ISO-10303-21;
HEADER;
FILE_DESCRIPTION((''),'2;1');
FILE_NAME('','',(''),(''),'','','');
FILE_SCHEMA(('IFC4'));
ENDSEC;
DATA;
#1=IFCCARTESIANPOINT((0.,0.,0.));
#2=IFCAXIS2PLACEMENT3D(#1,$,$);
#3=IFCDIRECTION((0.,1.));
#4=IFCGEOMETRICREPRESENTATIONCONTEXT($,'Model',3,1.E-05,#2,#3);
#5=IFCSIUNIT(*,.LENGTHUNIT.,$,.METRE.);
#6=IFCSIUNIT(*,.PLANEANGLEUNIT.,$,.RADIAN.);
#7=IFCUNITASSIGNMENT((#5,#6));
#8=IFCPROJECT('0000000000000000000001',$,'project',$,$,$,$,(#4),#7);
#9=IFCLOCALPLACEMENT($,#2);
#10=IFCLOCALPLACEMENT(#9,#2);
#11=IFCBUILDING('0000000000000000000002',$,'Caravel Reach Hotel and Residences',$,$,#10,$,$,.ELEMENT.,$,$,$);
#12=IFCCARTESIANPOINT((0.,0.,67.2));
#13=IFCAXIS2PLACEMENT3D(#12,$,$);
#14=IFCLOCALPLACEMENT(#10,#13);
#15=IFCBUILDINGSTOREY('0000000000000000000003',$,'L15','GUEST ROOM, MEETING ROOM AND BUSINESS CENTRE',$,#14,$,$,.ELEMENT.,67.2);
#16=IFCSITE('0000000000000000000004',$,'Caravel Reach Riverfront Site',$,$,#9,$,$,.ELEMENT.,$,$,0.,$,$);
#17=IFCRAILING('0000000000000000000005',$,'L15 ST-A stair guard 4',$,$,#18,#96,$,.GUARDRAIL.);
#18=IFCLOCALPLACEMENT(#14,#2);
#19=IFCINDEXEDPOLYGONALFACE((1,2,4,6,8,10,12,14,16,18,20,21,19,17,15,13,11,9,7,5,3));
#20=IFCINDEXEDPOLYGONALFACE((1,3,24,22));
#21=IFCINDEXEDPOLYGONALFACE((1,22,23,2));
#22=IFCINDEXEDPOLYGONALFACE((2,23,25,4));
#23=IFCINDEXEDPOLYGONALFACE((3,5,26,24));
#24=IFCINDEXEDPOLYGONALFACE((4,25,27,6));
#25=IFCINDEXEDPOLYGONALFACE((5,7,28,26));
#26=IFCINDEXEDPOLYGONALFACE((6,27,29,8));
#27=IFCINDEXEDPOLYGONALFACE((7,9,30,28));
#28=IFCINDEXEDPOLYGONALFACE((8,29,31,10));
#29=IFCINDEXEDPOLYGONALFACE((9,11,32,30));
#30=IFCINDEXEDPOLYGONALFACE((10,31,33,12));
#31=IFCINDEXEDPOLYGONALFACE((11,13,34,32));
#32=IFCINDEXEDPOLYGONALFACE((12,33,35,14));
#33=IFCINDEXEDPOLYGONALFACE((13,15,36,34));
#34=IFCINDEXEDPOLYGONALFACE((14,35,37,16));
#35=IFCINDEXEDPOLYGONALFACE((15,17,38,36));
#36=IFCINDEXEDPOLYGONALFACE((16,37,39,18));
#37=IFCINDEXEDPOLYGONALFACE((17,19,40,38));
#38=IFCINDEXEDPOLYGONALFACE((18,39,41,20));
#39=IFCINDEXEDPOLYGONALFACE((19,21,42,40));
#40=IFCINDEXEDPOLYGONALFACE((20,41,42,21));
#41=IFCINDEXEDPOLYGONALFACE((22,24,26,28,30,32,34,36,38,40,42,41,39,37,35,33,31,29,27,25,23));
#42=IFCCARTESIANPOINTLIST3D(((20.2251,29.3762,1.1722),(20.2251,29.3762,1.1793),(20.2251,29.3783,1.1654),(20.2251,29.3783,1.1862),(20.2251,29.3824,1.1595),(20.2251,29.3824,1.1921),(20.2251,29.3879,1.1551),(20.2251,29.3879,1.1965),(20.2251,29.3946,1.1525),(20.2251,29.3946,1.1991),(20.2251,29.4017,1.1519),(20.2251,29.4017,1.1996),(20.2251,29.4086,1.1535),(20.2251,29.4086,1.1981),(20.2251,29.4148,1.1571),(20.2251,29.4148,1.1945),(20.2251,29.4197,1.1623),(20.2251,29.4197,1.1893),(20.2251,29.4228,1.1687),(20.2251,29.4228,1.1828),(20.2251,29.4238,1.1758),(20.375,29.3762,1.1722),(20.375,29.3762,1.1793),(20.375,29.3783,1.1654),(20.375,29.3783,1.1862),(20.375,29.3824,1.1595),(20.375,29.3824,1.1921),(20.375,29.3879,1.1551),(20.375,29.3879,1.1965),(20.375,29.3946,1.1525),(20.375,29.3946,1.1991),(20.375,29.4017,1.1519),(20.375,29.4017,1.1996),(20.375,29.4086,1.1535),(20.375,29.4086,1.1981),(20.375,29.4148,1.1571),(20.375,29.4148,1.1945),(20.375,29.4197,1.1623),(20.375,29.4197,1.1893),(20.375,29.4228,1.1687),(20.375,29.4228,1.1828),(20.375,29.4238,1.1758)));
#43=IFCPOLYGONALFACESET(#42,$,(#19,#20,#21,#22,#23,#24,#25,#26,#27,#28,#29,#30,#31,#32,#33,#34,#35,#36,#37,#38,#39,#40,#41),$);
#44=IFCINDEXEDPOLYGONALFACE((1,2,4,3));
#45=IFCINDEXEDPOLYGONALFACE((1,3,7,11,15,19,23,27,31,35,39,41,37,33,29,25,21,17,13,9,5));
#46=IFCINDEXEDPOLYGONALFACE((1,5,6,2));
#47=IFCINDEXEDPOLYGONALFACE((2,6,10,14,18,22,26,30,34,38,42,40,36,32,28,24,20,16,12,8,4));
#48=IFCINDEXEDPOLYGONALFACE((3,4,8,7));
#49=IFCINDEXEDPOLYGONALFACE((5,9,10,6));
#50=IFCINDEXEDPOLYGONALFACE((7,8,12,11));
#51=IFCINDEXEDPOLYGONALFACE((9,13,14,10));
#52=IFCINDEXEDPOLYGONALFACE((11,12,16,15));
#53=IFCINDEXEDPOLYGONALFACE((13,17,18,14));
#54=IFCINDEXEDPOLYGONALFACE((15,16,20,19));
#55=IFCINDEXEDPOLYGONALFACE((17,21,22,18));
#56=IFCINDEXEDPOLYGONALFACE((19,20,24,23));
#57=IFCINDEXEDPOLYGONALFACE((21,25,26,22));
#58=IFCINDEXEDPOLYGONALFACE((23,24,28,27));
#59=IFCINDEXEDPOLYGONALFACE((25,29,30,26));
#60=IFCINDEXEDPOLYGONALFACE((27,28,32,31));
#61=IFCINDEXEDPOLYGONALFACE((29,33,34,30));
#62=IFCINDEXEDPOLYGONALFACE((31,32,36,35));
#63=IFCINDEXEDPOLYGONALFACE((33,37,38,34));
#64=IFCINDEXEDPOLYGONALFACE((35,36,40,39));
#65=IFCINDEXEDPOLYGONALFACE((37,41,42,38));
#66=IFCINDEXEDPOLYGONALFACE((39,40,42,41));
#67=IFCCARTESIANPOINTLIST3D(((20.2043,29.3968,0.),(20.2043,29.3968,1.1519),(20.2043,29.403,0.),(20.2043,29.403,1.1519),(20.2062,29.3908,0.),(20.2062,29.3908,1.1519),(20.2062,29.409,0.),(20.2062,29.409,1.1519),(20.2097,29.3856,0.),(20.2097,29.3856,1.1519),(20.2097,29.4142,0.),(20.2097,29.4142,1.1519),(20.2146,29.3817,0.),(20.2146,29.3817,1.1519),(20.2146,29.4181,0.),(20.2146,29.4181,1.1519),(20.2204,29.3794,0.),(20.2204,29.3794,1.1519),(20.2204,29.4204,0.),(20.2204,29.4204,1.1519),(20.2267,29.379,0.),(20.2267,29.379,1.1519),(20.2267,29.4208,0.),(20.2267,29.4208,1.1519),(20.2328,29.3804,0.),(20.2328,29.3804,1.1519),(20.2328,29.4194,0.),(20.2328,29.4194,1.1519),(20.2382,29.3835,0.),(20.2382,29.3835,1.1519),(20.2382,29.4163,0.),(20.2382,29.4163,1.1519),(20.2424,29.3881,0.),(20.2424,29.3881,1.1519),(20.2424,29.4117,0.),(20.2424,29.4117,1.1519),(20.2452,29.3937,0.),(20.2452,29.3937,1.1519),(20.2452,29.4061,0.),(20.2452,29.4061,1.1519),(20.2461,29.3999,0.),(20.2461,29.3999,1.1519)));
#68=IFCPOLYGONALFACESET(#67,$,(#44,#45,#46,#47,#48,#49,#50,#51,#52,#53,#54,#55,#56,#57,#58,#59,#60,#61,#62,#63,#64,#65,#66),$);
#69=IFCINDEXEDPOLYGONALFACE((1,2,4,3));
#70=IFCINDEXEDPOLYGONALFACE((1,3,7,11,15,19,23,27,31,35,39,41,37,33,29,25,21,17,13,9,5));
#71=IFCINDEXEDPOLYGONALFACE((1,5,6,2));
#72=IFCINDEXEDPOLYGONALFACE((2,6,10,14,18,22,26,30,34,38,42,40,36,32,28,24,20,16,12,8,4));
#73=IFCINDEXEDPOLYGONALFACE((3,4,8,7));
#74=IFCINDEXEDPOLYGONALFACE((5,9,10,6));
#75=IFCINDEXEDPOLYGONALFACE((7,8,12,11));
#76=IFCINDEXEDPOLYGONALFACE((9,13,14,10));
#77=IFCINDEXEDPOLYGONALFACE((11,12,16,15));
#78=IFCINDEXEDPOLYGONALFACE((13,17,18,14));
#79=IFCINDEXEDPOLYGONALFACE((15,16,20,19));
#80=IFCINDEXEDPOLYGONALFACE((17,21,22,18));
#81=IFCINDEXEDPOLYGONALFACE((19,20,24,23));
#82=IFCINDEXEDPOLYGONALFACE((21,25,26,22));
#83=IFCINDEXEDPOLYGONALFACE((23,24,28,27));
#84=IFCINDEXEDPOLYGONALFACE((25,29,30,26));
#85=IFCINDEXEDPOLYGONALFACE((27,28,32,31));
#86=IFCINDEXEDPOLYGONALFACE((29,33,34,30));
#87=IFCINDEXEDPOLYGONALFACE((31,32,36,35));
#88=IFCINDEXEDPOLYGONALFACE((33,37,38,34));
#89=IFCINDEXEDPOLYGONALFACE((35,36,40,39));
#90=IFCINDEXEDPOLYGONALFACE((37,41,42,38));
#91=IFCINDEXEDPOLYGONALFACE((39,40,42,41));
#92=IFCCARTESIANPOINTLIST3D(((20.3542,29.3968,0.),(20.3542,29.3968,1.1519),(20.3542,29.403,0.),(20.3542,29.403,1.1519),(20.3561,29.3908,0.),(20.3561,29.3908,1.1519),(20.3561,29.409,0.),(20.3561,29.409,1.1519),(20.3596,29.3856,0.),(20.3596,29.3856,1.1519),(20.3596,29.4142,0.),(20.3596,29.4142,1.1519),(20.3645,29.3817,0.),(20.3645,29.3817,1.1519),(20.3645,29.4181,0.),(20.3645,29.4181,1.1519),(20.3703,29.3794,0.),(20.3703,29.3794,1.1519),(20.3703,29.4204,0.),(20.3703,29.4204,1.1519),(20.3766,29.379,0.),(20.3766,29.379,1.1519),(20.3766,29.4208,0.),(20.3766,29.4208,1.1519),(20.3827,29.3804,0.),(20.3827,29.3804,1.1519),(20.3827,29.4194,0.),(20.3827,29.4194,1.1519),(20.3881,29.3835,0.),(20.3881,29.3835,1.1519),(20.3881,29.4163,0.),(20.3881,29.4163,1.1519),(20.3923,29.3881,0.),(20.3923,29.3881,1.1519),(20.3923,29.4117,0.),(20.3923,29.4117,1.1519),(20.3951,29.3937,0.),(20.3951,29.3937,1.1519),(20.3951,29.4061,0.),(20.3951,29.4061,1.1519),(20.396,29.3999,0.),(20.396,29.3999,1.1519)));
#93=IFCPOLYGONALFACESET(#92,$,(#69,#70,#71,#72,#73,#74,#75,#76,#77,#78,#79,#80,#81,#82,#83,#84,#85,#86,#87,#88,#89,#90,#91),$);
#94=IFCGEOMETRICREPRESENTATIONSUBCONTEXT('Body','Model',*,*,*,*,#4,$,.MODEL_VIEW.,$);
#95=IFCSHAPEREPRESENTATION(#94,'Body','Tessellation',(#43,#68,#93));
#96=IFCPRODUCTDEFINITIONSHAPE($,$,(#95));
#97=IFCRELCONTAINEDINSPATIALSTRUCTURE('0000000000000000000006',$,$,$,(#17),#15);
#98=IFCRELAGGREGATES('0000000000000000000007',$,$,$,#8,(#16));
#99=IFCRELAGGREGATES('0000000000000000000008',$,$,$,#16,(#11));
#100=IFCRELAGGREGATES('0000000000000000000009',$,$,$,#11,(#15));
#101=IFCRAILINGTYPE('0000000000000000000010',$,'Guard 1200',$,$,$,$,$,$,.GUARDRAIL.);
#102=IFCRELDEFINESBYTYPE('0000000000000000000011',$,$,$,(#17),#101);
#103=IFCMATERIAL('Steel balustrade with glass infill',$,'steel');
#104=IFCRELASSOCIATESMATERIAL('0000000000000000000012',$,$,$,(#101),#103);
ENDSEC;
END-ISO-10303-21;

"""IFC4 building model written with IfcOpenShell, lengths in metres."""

from ifc_helpers import new_model, si_unit, direction, frame, origin, origin_2d, place, context, subcontext, project, spatial, circle, extrude, material, type_object, element, save


model = new_model("IFC4")

# Units and contexts
model_context = context("Model", 3, precision=1e-05, world=origin(), true_north=direction((0.0, 1.0)))
body_context = subcontext(model_context, "Body", "Model", "MODEL_VIEW")
ifc_project = project(units=[si_unit("LENGTHUNIT", "METRE"), si_unit("PLANEANGLEUNIT", "RADIAN")], contexts=[model_context])

# Site, building, storey
site_placement = place(None, origin())
site = spatial("IfcSite", under=ifc_project, at=site_placement, Name="Caravel Reach Riverfront Site", CompositionType="ELEMENT", RefElevation=0.0)
building_placement = place(site_placement, origin())
building = spatial("IfcBuilding", under=site, at=building_placement, Name="Caravel Reach Hotel and Residences", CompositionType="ELEMENT")
storey_placement = place(building_placement, frame((0.0, 0.0, 67.2)))
storey = spatial("IfcBuildingStorey", under=building, at=storey_placement, Name="L15", Description="GUEST ROOM, MEETING ROOM AND BUSINESS CENTRE", CompositionType="ELEMENT", Elevation=67.2)

# Railing
ifc_material_1 = material(Name="Steel balustrade with glass infill", Category="steel")
railing_type_1 = type_object("IfcRailingType", Name="Guard 1200", PredefinedType="GUARDRAIL", material=ifc_material_1)
railing_1_placement = place(storey_placement, frame((20.2251, 29.3999, 0.0)))
element("IfcRailing", 1, at=railing_1_placement, inside=storey, type_object=railing_type_1, Name="L15 ST-A stair guard 4", PredefinedType="GUARDRAIL", context=body_context, shape_type="SweptSolid", body=[
    extrude(circle(Radius=0.0239, at=origin_2d()), frame((0.0, 0.0, 1.1758), z_axis=(1.0, 0.0, 0.0), x_axis=(0.0, 1.0, 0.0)), (0.0, 0.0, 1.0), 0.1499),
    extrude(circle(Radius=0.021, at=origin_2d()), origin(), (0.0, 0.0, 1.0), 1.1519),
    extrude(circle(Radius=0.021, at=origin_2d()), frame((0.1499, 0.0, 0.0)), (0.0, 0.0, 1.0), 1.1519),
])

save(model, "model.ifc")
